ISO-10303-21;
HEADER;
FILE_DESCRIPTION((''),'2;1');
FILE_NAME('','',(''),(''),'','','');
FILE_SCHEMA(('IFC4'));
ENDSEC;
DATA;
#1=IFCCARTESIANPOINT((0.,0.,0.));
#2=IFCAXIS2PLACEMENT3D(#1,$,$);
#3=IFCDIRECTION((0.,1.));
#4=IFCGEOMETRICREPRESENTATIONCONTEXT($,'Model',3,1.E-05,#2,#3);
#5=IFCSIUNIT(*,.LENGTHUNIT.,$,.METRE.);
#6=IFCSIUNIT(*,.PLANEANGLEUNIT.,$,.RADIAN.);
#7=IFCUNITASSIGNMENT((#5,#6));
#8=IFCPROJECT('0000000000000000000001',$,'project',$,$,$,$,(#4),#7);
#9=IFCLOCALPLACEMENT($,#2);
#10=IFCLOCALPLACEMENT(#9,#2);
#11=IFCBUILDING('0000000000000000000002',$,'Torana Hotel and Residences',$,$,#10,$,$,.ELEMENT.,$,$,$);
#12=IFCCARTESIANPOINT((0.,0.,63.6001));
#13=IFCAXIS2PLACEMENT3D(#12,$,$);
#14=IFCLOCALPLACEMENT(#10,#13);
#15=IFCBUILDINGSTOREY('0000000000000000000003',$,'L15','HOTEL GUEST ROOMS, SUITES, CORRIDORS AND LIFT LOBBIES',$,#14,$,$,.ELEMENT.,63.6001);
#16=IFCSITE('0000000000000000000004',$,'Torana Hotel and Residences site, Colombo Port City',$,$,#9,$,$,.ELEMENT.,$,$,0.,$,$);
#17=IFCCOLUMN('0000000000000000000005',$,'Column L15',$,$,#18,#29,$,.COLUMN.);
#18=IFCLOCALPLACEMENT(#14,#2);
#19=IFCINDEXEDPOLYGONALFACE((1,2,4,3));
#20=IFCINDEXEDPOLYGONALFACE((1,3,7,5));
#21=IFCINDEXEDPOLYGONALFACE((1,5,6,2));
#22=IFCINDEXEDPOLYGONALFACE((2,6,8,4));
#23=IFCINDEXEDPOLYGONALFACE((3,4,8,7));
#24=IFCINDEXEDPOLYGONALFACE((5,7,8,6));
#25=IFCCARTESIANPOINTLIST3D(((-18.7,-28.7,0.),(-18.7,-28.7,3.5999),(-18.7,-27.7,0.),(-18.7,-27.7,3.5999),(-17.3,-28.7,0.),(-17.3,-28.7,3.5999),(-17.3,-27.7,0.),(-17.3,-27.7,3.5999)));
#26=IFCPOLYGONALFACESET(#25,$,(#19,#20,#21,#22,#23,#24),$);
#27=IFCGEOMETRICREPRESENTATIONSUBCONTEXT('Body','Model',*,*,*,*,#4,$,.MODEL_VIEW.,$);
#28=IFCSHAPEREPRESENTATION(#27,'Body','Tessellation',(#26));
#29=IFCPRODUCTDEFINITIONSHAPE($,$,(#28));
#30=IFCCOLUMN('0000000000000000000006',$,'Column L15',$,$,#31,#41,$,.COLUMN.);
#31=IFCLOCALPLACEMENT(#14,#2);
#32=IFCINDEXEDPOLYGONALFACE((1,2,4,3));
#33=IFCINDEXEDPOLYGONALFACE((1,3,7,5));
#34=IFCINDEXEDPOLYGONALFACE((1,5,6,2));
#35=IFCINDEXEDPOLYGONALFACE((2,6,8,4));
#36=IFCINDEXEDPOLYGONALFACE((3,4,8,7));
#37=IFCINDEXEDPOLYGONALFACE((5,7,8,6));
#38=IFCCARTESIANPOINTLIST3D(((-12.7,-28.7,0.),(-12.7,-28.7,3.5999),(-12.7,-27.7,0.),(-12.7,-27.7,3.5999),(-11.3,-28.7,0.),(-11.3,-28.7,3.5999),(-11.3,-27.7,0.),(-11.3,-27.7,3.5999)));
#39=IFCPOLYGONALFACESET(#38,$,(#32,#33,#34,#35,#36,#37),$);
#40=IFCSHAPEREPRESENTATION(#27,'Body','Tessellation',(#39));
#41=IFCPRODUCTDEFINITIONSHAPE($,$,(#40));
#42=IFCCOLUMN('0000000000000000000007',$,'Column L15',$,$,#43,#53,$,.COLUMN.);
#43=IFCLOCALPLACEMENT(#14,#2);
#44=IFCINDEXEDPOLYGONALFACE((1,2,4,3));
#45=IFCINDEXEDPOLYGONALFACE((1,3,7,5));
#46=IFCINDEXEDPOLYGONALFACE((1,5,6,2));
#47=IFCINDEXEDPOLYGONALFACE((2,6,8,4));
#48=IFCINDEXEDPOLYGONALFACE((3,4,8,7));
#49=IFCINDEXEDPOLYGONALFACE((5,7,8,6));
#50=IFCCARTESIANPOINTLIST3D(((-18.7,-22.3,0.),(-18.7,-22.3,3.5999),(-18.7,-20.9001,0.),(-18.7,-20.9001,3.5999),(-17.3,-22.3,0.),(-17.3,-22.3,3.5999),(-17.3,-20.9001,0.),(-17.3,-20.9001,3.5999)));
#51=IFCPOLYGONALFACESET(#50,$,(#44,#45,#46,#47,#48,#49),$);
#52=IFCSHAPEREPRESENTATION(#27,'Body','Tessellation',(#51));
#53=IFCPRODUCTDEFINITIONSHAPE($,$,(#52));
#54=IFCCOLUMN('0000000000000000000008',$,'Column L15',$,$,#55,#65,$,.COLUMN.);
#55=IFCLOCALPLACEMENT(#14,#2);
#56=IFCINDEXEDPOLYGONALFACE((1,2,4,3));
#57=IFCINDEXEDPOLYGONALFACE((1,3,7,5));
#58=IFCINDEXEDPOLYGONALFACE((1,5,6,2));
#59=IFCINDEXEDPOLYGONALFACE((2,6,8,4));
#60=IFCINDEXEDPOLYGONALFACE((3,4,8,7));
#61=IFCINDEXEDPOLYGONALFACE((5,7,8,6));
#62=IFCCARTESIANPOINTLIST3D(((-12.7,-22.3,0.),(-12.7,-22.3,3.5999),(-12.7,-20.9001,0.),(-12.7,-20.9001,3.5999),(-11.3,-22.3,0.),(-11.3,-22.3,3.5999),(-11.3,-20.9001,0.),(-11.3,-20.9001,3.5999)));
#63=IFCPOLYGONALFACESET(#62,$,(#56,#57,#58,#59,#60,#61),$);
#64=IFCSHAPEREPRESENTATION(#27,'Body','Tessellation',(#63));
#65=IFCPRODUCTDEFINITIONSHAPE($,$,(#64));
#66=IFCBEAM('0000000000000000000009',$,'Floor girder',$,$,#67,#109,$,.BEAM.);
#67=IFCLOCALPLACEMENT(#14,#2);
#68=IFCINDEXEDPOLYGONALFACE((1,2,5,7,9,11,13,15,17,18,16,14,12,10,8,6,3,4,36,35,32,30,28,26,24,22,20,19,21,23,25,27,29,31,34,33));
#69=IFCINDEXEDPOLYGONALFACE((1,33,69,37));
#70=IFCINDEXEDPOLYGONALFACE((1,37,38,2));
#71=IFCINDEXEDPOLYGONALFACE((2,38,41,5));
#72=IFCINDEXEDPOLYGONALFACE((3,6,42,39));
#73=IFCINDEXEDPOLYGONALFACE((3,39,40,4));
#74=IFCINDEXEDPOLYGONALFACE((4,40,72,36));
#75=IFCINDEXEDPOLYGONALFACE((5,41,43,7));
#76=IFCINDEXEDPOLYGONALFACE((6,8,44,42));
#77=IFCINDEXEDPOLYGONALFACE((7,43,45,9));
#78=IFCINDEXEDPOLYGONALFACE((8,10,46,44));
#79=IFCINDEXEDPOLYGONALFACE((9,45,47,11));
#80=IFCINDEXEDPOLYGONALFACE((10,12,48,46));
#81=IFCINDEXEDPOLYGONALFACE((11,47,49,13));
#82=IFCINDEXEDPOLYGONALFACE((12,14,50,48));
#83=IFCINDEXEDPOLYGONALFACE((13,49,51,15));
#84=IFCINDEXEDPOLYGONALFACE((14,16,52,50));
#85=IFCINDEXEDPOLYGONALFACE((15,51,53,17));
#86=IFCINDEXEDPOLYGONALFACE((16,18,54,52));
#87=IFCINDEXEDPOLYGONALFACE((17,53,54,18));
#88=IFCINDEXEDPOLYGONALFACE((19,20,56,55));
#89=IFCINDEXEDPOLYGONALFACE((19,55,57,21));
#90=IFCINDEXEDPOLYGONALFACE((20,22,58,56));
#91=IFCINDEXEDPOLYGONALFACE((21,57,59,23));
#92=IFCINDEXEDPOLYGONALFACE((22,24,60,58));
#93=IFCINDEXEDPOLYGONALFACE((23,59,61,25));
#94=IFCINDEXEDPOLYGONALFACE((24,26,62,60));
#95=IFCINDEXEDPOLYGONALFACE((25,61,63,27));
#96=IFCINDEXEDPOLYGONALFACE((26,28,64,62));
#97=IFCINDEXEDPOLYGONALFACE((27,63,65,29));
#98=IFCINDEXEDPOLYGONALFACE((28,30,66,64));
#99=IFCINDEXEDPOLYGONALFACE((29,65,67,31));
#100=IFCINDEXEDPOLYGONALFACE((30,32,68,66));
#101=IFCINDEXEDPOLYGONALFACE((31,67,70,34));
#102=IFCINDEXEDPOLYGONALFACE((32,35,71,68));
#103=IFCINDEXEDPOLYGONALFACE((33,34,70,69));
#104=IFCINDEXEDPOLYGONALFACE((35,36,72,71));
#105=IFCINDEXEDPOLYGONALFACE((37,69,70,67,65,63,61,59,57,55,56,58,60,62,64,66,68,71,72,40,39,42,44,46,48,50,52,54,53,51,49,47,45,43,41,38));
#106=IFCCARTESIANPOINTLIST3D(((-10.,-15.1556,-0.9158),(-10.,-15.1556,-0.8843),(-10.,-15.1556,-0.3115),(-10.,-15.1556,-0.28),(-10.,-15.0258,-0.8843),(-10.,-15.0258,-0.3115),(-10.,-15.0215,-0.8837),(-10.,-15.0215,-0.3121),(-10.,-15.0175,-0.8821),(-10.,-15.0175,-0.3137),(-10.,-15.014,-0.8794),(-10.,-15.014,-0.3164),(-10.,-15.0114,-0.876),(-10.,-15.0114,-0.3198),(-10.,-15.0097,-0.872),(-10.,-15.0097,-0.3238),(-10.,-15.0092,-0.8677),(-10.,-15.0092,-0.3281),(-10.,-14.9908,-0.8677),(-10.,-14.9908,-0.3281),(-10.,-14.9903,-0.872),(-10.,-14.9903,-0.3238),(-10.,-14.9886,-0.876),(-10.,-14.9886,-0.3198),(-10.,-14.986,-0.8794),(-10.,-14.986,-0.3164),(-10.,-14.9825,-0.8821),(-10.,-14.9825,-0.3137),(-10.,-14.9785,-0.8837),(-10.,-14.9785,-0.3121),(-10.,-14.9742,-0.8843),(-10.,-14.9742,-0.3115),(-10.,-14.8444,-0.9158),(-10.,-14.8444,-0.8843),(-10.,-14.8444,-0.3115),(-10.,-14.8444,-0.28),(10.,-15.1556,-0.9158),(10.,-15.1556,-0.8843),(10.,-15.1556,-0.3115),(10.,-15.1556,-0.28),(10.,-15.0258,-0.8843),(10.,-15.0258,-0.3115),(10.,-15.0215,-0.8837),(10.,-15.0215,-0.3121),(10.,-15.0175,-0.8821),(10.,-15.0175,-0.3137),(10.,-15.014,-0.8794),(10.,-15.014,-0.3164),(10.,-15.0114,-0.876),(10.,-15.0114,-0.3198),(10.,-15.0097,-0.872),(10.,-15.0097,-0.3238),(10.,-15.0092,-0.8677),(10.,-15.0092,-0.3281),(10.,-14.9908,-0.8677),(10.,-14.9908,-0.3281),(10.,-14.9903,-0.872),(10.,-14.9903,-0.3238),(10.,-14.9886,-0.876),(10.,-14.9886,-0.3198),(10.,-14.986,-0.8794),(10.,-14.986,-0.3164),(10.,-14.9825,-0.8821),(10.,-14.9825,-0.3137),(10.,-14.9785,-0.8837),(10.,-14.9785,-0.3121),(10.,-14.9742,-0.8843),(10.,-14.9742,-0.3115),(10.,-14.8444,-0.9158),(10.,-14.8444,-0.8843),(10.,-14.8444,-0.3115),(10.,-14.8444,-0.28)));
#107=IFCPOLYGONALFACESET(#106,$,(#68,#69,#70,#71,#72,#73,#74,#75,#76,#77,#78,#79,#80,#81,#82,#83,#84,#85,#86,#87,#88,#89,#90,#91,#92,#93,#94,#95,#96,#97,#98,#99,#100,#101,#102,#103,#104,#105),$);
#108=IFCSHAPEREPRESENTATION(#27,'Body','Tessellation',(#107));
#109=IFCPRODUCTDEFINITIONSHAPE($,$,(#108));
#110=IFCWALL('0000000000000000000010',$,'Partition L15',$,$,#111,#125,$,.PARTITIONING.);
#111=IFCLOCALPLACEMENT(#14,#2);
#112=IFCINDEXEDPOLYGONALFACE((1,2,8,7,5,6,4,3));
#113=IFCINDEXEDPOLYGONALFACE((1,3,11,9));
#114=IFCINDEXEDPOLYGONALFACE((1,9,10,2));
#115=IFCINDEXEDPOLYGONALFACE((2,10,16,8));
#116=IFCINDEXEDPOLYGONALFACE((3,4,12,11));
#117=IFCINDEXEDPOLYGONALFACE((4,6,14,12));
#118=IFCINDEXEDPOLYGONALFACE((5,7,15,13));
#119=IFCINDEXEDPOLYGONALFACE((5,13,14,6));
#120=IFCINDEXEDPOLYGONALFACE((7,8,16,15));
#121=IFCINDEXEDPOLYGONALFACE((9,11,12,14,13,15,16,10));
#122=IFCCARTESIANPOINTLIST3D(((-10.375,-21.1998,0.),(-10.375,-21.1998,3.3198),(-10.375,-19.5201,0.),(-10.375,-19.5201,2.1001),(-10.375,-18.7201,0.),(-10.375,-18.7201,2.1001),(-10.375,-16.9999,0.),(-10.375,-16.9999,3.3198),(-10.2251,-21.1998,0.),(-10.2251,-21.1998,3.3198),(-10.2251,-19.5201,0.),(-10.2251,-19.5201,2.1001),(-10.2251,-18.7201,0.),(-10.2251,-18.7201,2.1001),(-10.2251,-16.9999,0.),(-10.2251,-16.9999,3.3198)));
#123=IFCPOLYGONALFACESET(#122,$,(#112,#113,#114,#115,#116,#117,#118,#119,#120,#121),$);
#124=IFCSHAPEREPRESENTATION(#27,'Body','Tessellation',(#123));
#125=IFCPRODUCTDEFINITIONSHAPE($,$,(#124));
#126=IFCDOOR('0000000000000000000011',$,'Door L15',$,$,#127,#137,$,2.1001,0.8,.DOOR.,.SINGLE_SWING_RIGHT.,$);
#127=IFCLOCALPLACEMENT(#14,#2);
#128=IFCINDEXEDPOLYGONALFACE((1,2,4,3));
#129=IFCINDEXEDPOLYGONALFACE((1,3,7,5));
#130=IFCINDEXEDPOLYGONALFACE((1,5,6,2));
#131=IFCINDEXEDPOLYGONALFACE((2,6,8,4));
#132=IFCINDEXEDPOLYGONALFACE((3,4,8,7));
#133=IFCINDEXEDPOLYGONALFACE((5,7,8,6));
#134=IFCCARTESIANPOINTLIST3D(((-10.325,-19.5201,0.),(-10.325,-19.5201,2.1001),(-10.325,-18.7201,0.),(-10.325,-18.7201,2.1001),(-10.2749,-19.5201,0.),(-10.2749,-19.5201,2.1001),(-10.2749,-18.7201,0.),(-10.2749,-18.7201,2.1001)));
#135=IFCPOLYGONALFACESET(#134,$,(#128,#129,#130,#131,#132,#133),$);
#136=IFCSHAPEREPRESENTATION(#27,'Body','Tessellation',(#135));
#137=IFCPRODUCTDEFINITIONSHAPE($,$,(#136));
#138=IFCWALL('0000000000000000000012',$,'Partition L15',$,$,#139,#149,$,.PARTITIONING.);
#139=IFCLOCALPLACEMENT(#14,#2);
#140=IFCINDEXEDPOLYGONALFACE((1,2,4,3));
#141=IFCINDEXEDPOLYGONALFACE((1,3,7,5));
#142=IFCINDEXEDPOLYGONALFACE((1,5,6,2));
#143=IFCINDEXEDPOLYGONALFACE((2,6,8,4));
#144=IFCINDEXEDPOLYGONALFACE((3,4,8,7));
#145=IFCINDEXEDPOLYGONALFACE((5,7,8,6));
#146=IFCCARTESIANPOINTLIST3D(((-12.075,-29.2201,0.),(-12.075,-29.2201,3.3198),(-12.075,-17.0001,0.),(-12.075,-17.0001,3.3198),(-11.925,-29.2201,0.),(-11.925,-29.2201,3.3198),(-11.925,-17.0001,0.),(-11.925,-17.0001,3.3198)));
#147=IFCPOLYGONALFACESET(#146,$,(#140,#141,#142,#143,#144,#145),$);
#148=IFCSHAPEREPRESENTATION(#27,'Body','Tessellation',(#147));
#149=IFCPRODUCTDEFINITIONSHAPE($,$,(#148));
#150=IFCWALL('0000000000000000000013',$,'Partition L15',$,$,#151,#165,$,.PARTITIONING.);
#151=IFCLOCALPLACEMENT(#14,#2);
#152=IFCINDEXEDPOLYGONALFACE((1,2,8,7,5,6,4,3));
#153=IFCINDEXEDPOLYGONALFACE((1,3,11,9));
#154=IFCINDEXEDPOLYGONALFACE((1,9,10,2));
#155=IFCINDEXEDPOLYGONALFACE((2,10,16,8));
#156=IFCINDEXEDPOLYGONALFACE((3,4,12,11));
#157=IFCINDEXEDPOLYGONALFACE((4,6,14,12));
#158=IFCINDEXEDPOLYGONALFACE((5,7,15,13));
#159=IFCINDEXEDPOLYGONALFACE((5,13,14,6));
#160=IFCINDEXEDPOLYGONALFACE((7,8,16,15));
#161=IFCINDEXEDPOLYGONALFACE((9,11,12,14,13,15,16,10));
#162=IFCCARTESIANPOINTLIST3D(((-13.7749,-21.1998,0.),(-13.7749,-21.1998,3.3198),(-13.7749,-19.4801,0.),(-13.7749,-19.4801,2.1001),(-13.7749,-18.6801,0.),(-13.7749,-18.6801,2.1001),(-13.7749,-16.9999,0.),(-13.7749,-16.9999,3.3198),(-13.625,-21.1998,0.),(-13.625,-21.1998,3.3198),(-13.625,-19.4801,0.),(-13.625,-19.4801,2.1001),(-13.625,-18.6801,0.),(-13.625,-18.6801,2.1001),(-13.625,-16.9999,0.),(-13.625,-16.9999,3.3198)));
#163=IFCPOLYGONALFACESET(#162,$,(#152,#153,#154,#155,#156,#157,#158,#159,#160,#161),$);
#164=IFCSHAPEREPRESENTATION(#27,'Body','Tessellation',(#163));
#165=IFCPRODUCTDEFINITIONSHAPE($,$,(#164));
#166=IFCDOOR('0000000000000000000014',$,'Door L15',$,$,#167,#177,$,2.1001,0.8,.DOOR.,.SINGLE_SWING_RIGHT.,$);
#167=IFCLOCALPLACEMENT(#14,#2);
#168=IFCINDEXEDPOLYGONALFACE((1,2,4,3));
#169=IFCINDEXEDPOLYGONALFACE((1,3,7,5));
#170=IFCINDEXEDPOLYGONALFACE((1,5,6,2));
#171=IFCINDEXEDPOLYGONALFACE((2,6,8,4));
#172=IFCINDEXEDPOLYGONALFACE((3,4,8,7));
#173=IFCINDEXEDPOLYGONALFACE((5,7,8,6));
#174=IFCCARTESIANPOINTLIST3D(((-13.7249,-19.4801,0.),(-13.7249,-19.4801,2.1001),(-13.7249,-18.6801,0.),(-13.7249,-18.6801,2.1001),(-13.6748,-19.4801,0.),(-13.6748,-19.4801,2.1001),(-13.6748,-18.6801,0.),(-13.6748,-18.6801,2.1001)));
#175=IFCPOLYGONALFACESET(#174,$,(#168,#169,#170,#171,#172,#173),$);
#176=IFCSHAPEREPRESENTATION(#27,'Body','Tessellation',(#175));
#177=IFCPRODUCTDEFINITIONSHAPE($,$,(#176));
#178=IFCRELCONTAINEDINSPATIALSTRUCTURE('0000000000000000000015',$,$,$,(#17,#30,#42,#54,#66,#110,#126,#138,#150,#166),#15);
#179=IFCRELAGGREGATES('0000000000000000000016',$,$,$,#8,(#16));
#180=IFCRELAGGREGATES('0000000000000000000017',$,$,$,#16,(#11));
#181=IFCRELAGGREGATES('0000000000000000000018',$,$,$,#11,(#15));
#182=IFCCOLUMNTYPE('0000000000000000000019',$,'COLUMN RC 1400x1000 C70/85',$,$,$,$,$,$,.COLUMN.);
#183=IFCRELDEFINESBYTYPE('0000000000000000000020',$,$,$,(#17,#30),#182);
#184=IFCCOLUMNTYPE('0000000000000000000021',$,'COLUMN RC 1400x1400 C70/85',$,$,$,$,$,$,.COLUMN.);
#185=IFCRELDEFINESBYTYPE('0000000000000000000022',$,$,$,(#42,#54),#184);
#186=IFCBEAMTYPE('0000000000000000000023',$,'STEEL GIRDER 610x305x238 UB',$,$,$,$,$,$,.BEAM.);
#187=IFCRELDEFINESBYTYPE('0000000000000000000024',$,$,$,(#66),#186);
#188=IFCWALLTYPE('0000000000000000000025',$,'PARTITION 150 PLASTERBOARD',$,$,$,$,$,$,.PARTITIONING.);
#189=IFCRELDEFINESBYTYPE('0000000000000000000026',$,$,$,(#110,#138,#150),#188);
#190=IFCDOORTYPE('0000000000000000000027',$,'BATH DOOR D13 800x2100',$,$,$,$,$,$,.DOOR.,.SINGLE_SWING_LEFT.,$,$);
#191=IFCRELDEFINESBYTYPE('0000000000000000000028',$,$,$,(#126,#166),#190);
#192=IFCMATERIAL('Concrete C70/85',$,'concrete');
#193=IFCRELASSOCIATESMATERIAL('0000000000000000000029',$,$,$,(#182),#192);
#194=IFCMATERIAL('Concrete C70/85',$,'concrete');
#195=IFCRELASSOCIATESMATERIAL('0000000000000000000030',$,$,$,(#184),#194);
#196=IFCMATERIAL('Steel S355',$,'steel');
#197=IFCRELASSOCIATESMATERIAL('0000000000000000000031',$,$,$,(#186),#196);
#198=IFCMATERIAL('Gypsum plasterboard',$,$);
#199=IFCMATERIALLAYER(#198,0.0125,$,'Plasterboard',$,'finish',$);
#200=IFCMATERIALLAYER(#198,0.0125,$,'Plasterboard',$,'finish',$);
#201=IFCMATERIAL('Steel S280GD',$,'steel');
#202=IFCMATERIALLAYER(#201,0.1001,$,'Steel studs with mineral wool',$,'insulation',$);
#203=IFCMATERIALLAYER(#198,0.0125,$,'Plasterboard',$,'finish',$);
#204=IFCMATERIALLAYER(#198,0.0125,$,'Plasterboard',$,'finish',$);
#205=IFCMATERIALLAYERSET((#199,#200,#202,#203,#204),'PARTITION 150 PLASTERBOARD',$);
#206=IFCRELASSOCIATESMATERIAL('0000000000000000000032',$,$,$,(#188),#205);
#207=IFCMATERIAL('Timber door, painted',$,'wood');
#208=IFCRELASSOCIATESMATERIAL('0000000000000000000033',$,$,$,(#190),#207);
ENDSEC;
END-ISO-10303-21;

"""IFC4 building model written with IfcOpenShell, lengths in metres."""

from ifc_helpers import new_model, si_unit, direction, frame, frame_2d, origin, origin_2d, place, context, subcontext, project, spatial, rectangle, i_section, extrude, material, layer, layer_set, material_profile, profile_set, type_object, element, fill, save


model = new_model("IFC4")

# Units and contexts
model_context = context("Model", 3, precision=1e-05, world=origin(), true_north=direction((0.0, 1.0)))
body_context = subcontext(model_context, "Body", "Model", "MODEL_VIEW")
ifc_project = project(units=[si_unit("LENGTHUNIT", "METRE"), si_unit("PLANEANGLEUNIT", "RADIAN")], contexts=[model_context])

# Site, building, storey
site_placement = place(None, origin())
site = spatial("IfcSite", under=ifc_project, at=site_placement, Name="Torana Hotel and Residences site, Colombo Port City", CompositionType="ELEMENT", RefElevation=0.0)
building_placement = place(site_placement, origin())
building = spatial("IfcBuilding", under=site, at=building_placement, Name="Torana Hotel and Residences", CompositionType="ELEMENT")
storey_placement = place(building_placement, frame((0.0, 0.0, 63.6001)))
storey = spatial("IfcBuildingStorey", under=building, at=storey_placement, Name="L15", Description="HOTEL GUEST ROOMS, SUITES, CORRIDORS AND LIFT LOBBIES", CompositionType="ELEMENT", Elevation=63.6001)

# Columns
ifc_material_1 = material(Name="Concrete C70/85", Category="concrete")
ifc_material_profile_1 = material_profile(ifc_material_1, rectangle(XDim=1.3999, YDim=1.0, at=origin_2d()), Name="RC 1400x1000")
ifc_profile_set_1 = profile_set([ifc_material_profile_1], Name="Concrete C70/85")
column_type_1 = type_object("IfcColumnType", Name="COLUMN RC 1400x1000 C70/85", PredefinedType="COLUMN", material=ifc_profile_set_1)
for number, where, z_axis, x_axis, name in (
    (1, (-18.0, -28.2, 0.0), (0.0, 0.0, 1.0), (1.0, 0.0, 0.0), "Column L15"),
    (2, (-12.0, -28.2, 0.0), (0.0, 0.0, 1.0), (1.0, 0.0, 0.0), "Column L15"),
):
    element("IfcColumn", number, at=place(storey_placement, frame(where, z_axis=z_axis, x_axis=x_axis)), inside=storey, type_object=column_type_1, Name=name, PredefinedType="COLUMN", context=body_context, shape_type="SweptSolid", body=[
        extrude(rectangle(XDim=1.3999, YDim=1.0, at=origin_2d()), origin(), (0.0, 0.0, 1.0), 3.5999),
    ])
ifc_material_2 = material(Name="Concrete C70/85", Category="concrete")
ifc_material_profile_2 = material_profile(ifc_material_2, rectangle(XDim=1.3999, YDim=1.3999, at=origin_2d()), Name="RC 1400x1400")
ifc_profile_set_2 = profile_set([ifc_material_profile_2], Name="Concrete C70/85")
column_type_2 = type_object("IfcColumnType", Name="COLUMN RC 1400x1400 C70/85", PredefinedType="COLUMN", material=ifc_profile_set_2)
for number, where, z_axis, x_axis, name in (
    (3, (-18.0, -21.6001, 0.0), (0.0, 0.0, 1.0), (1.0, 0.0, 0.0), "Column L15"),
    (4, (-12.0, -21.6001, 0.0), (0.0, 0.0, 1.0), (1.0, 0.0, 0.0), "Column L15"),
):
    element("IfcColumn", number, at=place(storey_placement, frame(where, z_axis=z_axis, x_axis=x_axis)), inside=storey, type_object=column_type_2, Name=name, PredefinedType="COLUMN", context=body_context, shape_type="SweptSolid", body=[
        extrude(rectangle(XDim=1.3999, YDim=1.3999, at=origin_2d()), origin(), (0.0, 0.0, 1.0), 3.5999),
    ])

# Beam
ifc_material_3 = material(Name="Steel S355", Category="steel")
ifc_material_profile_3 = material_profile(ifc_material_3, i_section(OverallWidth=0.3113, OverallDepth=0.6357, WebThickness=0.0183, FlangeThickness=0.0315, FilletRadius=0.0166, at=origin_2d()), Name="610x305x238 UB")
ifc_profile_set_3 = profile_set([ifc_material_profile_3], Name="Steel S355")
beam_type = type_object("IfcBeamType", Name="STEEL GIRDER 610x305x238 UB", PredefinedType="BEAM", material=ifc_profile_set_3)
beam_placement = place(storey_placement, frame((-10.0, -15.0, -0.5979), z_axis=(1.0, 0.0, 0.0), x_axis=(0.0, 1.0, 0.0)))
element("IfcBeam", 5, at=beam_placement, inside=storey, type_object=beam_type, Name="Floor girder", PredefinedType="BEAM", context=body_context, shape_type="SweptSolid", body=[
    extrude(i_section(OverallWidth=0.3113, OverallDepth=0.6357, WebThickness=0.0183, FlangeThickness=0.0315, FilletRadius=0.0166, at=origin_2d()), origin(), (0.0, 0.0, 1.0), 20.0),
])

# Wall, opening, door
ifc_material_4 = material(Name="Gypsum plasterboard")
ifc_layer_1 = layer(ifc_material_4, 0.0125, Name="Plasterboard", Category="finish")
ifc_layer_2 = layer(ifc_material_4, 0.0125, Name="Plasterboard", Category="finish")
ifc_material_5 = material(Name="Steel S280GD", Category="steel")
ifc_layer_3 = layer(ifc_material_5, 0.1001, Name="Steel studs with mineral wool", Category="insulation")
ifc_layer_4 = layer(ifc_material_4, 0.0125, Name="Plasterboard", Category="finish")
ifc_layer_5 = layer(ifc_material_4, 0.0125, Name="Plasterboard", Category="finish")
ifc_layer_set_1 = layer_set([ifc_layer_1, ifc_layer_2, ifc_layer_3, ifc_layer_4, ifc_layer_5], Name="PARTITION 150 PLASTERBOARD")
wall_type_1 = type_object("IfcWallType", Name="PARTITION 150 PLASTERBOARD", PredefinedType="PARTITIONING", material=ifc_layer_set_1)
wall_1_placement = place(storey_placement, frame((-10.3, -21.2, 0.0), z_axis=(0.0, 0.0, 1.0), x_axis=(0.0, 1.0, 0.0)))
wall_1 = element("IfcWall", 6, at=wall_1_placement, inside=storey, type_object=wall_type_1, Name="Partition L15", PredefinedType="PARTITIONING", context=body_context, shape_type="SweptSolid", body=[
    extrude(rectangle(XDim=4.2, YDim=0.1499, at=frame_2d((2.1001, 0.0))), origin(), (0.0, 0.0, 1.0), 3.3198),
])
opening_1_placement = place(wall_1_placement, frame((1.6799, 0.0, 0.0)))
opening_1 = element("IfcOpeningElement", 7, at=opening_1_placement, cuts=wall_1, PredefinedType="OPENING", context=body_context, shape_type="SweptSolid", body=[
    extrude(rectangle(XDim=0.8, YDim=2.1001, at=frame_2d((0.3999, 1.05))), frame((0.0, 0.085, 0.0), z_axis=(0.0, -1.0, 0.0), x_axis=(1.0, 0.0, 0.0)), (0.0, 0.0, 1.0), 0.1699),
])
ifc_material_6 = material(Name="Timber door, painted", Category="wood")
door_type = type_object("IfcDoorType", Name="BATH DOOR D13 800x2100", OperationType="SINGLE_SWING_LEFT", PredefinedType="DOOR", material=ifc_material_6)
door_1_placement = place(opening_1_placement, origin())
door_1 = element("IfcDoor", 8, at=door_1_placement, inside=storey, type_object=door_type, Name="Door L15", OperationType="SINGLE_SWING_RIGHT", OverallHeight=2.1001, OverallWidth=0.8, PredefinedType="DOOR", context=body_context, shape_type="SweptSolid", body=[
    extrude(rectangle(XDim=0.8, YDim=2.1001, at=frame_2d((0.3999, 1.05))), frame((0.0, 0.0249, 0.0), z_axis=(0.0, -1.0, 0.0), x_axis=(1.0, 0.0, 0.0)), (0.0, 0.0, 1.0), 0.05),
])
fill(opening_1, door_1)

# Wall
wall_2_placement = place(storey_placement, frame((-12.0, -29.22, 0.0), z_axis=(0.0, 0.0, 1.0), x_axis=(0.0, 1.0, 0.0)))
element("IfcWall", 9, at=wall_2_placement, inside=storey, type_object=wall_type_1, Name="Partition L15", PredefinedType="PARTITIONING", context=body_context, shape_type="SweptSolid", body=[
    extrude(rectangle(XDim=12.22, YDim=0.1499, at=frame_2d((6.1099, 0.0))), origin(), (0.0, 0.0, 1.0), 3.3198),
])

# Wall, opening, door
wall_3_placement = place(storey_placement, frame((-13.7, -21.2, 0.0), z_axis=(0.0, 0.0, 1.0), x_axis=(0.0, 1.0, 0.0)))
wall_3 = element("IfcWall", 10, at=wall_3_placement, inside=storey, type_object=wall_type_1, Name="Partition L15", PredefinedType="PARTITIONING", context=body_context, shape_type="SweptSolid", body=[
    extrude(rectangle(XDim=4.2, YDim=0.1499, at=frame_2d((2.1001, 0.0))), origin(), (0.0, 0.0, 1.0), 3.3198),
])
opening_2_placement = place(wall_3_placement, frame((1.72, 0.0, 0.0)))
opening_2 = element("IfcOpeningElement", 11, at=opening_2_placement, cuts=wall_3, PredefinedType="OPENING", context=body_context, shape_type="SweptSolid", body=[
    extrude(rectangle(XDim=0.8, YDim=2.1001, at=frame_2d((0.3999, 1.05))), frame((0.0, 0.085, 0.0), z_axis=(0.0, -1.0, 0.0), x_axis=(1.0, 0.0, 0.0)), (0.0, 0.0, 1.0), 0.1699),
])
door_2_placement = place(opening_2_placement, origin())
door_2 = element("IfcDoor", 12, at=door_2_placement, inside=storey, type_object=door_type, Name="Door L15", OperationType="SINGLE_SWING_RIGHT", OverallHeight=2.1001, OverallWidth=0.8, PredefinedType="DOOR", context=body_context, shape_type="SweptSolid", body=[
    extrude(rectangle(XDim=0.8, YDim=2.1001, at=frame_2d((0.3999, 1.05))), frame((0.0, 0.0249, 0.0), z_axis=(0.0, -1.0, 0.0), x_axis=(1.0, 0.0, 0.0)), (0.0, 0.0, 1.0), 0.05),
])
fill(opening_2, door_2)

save(model, "model.ifc")
